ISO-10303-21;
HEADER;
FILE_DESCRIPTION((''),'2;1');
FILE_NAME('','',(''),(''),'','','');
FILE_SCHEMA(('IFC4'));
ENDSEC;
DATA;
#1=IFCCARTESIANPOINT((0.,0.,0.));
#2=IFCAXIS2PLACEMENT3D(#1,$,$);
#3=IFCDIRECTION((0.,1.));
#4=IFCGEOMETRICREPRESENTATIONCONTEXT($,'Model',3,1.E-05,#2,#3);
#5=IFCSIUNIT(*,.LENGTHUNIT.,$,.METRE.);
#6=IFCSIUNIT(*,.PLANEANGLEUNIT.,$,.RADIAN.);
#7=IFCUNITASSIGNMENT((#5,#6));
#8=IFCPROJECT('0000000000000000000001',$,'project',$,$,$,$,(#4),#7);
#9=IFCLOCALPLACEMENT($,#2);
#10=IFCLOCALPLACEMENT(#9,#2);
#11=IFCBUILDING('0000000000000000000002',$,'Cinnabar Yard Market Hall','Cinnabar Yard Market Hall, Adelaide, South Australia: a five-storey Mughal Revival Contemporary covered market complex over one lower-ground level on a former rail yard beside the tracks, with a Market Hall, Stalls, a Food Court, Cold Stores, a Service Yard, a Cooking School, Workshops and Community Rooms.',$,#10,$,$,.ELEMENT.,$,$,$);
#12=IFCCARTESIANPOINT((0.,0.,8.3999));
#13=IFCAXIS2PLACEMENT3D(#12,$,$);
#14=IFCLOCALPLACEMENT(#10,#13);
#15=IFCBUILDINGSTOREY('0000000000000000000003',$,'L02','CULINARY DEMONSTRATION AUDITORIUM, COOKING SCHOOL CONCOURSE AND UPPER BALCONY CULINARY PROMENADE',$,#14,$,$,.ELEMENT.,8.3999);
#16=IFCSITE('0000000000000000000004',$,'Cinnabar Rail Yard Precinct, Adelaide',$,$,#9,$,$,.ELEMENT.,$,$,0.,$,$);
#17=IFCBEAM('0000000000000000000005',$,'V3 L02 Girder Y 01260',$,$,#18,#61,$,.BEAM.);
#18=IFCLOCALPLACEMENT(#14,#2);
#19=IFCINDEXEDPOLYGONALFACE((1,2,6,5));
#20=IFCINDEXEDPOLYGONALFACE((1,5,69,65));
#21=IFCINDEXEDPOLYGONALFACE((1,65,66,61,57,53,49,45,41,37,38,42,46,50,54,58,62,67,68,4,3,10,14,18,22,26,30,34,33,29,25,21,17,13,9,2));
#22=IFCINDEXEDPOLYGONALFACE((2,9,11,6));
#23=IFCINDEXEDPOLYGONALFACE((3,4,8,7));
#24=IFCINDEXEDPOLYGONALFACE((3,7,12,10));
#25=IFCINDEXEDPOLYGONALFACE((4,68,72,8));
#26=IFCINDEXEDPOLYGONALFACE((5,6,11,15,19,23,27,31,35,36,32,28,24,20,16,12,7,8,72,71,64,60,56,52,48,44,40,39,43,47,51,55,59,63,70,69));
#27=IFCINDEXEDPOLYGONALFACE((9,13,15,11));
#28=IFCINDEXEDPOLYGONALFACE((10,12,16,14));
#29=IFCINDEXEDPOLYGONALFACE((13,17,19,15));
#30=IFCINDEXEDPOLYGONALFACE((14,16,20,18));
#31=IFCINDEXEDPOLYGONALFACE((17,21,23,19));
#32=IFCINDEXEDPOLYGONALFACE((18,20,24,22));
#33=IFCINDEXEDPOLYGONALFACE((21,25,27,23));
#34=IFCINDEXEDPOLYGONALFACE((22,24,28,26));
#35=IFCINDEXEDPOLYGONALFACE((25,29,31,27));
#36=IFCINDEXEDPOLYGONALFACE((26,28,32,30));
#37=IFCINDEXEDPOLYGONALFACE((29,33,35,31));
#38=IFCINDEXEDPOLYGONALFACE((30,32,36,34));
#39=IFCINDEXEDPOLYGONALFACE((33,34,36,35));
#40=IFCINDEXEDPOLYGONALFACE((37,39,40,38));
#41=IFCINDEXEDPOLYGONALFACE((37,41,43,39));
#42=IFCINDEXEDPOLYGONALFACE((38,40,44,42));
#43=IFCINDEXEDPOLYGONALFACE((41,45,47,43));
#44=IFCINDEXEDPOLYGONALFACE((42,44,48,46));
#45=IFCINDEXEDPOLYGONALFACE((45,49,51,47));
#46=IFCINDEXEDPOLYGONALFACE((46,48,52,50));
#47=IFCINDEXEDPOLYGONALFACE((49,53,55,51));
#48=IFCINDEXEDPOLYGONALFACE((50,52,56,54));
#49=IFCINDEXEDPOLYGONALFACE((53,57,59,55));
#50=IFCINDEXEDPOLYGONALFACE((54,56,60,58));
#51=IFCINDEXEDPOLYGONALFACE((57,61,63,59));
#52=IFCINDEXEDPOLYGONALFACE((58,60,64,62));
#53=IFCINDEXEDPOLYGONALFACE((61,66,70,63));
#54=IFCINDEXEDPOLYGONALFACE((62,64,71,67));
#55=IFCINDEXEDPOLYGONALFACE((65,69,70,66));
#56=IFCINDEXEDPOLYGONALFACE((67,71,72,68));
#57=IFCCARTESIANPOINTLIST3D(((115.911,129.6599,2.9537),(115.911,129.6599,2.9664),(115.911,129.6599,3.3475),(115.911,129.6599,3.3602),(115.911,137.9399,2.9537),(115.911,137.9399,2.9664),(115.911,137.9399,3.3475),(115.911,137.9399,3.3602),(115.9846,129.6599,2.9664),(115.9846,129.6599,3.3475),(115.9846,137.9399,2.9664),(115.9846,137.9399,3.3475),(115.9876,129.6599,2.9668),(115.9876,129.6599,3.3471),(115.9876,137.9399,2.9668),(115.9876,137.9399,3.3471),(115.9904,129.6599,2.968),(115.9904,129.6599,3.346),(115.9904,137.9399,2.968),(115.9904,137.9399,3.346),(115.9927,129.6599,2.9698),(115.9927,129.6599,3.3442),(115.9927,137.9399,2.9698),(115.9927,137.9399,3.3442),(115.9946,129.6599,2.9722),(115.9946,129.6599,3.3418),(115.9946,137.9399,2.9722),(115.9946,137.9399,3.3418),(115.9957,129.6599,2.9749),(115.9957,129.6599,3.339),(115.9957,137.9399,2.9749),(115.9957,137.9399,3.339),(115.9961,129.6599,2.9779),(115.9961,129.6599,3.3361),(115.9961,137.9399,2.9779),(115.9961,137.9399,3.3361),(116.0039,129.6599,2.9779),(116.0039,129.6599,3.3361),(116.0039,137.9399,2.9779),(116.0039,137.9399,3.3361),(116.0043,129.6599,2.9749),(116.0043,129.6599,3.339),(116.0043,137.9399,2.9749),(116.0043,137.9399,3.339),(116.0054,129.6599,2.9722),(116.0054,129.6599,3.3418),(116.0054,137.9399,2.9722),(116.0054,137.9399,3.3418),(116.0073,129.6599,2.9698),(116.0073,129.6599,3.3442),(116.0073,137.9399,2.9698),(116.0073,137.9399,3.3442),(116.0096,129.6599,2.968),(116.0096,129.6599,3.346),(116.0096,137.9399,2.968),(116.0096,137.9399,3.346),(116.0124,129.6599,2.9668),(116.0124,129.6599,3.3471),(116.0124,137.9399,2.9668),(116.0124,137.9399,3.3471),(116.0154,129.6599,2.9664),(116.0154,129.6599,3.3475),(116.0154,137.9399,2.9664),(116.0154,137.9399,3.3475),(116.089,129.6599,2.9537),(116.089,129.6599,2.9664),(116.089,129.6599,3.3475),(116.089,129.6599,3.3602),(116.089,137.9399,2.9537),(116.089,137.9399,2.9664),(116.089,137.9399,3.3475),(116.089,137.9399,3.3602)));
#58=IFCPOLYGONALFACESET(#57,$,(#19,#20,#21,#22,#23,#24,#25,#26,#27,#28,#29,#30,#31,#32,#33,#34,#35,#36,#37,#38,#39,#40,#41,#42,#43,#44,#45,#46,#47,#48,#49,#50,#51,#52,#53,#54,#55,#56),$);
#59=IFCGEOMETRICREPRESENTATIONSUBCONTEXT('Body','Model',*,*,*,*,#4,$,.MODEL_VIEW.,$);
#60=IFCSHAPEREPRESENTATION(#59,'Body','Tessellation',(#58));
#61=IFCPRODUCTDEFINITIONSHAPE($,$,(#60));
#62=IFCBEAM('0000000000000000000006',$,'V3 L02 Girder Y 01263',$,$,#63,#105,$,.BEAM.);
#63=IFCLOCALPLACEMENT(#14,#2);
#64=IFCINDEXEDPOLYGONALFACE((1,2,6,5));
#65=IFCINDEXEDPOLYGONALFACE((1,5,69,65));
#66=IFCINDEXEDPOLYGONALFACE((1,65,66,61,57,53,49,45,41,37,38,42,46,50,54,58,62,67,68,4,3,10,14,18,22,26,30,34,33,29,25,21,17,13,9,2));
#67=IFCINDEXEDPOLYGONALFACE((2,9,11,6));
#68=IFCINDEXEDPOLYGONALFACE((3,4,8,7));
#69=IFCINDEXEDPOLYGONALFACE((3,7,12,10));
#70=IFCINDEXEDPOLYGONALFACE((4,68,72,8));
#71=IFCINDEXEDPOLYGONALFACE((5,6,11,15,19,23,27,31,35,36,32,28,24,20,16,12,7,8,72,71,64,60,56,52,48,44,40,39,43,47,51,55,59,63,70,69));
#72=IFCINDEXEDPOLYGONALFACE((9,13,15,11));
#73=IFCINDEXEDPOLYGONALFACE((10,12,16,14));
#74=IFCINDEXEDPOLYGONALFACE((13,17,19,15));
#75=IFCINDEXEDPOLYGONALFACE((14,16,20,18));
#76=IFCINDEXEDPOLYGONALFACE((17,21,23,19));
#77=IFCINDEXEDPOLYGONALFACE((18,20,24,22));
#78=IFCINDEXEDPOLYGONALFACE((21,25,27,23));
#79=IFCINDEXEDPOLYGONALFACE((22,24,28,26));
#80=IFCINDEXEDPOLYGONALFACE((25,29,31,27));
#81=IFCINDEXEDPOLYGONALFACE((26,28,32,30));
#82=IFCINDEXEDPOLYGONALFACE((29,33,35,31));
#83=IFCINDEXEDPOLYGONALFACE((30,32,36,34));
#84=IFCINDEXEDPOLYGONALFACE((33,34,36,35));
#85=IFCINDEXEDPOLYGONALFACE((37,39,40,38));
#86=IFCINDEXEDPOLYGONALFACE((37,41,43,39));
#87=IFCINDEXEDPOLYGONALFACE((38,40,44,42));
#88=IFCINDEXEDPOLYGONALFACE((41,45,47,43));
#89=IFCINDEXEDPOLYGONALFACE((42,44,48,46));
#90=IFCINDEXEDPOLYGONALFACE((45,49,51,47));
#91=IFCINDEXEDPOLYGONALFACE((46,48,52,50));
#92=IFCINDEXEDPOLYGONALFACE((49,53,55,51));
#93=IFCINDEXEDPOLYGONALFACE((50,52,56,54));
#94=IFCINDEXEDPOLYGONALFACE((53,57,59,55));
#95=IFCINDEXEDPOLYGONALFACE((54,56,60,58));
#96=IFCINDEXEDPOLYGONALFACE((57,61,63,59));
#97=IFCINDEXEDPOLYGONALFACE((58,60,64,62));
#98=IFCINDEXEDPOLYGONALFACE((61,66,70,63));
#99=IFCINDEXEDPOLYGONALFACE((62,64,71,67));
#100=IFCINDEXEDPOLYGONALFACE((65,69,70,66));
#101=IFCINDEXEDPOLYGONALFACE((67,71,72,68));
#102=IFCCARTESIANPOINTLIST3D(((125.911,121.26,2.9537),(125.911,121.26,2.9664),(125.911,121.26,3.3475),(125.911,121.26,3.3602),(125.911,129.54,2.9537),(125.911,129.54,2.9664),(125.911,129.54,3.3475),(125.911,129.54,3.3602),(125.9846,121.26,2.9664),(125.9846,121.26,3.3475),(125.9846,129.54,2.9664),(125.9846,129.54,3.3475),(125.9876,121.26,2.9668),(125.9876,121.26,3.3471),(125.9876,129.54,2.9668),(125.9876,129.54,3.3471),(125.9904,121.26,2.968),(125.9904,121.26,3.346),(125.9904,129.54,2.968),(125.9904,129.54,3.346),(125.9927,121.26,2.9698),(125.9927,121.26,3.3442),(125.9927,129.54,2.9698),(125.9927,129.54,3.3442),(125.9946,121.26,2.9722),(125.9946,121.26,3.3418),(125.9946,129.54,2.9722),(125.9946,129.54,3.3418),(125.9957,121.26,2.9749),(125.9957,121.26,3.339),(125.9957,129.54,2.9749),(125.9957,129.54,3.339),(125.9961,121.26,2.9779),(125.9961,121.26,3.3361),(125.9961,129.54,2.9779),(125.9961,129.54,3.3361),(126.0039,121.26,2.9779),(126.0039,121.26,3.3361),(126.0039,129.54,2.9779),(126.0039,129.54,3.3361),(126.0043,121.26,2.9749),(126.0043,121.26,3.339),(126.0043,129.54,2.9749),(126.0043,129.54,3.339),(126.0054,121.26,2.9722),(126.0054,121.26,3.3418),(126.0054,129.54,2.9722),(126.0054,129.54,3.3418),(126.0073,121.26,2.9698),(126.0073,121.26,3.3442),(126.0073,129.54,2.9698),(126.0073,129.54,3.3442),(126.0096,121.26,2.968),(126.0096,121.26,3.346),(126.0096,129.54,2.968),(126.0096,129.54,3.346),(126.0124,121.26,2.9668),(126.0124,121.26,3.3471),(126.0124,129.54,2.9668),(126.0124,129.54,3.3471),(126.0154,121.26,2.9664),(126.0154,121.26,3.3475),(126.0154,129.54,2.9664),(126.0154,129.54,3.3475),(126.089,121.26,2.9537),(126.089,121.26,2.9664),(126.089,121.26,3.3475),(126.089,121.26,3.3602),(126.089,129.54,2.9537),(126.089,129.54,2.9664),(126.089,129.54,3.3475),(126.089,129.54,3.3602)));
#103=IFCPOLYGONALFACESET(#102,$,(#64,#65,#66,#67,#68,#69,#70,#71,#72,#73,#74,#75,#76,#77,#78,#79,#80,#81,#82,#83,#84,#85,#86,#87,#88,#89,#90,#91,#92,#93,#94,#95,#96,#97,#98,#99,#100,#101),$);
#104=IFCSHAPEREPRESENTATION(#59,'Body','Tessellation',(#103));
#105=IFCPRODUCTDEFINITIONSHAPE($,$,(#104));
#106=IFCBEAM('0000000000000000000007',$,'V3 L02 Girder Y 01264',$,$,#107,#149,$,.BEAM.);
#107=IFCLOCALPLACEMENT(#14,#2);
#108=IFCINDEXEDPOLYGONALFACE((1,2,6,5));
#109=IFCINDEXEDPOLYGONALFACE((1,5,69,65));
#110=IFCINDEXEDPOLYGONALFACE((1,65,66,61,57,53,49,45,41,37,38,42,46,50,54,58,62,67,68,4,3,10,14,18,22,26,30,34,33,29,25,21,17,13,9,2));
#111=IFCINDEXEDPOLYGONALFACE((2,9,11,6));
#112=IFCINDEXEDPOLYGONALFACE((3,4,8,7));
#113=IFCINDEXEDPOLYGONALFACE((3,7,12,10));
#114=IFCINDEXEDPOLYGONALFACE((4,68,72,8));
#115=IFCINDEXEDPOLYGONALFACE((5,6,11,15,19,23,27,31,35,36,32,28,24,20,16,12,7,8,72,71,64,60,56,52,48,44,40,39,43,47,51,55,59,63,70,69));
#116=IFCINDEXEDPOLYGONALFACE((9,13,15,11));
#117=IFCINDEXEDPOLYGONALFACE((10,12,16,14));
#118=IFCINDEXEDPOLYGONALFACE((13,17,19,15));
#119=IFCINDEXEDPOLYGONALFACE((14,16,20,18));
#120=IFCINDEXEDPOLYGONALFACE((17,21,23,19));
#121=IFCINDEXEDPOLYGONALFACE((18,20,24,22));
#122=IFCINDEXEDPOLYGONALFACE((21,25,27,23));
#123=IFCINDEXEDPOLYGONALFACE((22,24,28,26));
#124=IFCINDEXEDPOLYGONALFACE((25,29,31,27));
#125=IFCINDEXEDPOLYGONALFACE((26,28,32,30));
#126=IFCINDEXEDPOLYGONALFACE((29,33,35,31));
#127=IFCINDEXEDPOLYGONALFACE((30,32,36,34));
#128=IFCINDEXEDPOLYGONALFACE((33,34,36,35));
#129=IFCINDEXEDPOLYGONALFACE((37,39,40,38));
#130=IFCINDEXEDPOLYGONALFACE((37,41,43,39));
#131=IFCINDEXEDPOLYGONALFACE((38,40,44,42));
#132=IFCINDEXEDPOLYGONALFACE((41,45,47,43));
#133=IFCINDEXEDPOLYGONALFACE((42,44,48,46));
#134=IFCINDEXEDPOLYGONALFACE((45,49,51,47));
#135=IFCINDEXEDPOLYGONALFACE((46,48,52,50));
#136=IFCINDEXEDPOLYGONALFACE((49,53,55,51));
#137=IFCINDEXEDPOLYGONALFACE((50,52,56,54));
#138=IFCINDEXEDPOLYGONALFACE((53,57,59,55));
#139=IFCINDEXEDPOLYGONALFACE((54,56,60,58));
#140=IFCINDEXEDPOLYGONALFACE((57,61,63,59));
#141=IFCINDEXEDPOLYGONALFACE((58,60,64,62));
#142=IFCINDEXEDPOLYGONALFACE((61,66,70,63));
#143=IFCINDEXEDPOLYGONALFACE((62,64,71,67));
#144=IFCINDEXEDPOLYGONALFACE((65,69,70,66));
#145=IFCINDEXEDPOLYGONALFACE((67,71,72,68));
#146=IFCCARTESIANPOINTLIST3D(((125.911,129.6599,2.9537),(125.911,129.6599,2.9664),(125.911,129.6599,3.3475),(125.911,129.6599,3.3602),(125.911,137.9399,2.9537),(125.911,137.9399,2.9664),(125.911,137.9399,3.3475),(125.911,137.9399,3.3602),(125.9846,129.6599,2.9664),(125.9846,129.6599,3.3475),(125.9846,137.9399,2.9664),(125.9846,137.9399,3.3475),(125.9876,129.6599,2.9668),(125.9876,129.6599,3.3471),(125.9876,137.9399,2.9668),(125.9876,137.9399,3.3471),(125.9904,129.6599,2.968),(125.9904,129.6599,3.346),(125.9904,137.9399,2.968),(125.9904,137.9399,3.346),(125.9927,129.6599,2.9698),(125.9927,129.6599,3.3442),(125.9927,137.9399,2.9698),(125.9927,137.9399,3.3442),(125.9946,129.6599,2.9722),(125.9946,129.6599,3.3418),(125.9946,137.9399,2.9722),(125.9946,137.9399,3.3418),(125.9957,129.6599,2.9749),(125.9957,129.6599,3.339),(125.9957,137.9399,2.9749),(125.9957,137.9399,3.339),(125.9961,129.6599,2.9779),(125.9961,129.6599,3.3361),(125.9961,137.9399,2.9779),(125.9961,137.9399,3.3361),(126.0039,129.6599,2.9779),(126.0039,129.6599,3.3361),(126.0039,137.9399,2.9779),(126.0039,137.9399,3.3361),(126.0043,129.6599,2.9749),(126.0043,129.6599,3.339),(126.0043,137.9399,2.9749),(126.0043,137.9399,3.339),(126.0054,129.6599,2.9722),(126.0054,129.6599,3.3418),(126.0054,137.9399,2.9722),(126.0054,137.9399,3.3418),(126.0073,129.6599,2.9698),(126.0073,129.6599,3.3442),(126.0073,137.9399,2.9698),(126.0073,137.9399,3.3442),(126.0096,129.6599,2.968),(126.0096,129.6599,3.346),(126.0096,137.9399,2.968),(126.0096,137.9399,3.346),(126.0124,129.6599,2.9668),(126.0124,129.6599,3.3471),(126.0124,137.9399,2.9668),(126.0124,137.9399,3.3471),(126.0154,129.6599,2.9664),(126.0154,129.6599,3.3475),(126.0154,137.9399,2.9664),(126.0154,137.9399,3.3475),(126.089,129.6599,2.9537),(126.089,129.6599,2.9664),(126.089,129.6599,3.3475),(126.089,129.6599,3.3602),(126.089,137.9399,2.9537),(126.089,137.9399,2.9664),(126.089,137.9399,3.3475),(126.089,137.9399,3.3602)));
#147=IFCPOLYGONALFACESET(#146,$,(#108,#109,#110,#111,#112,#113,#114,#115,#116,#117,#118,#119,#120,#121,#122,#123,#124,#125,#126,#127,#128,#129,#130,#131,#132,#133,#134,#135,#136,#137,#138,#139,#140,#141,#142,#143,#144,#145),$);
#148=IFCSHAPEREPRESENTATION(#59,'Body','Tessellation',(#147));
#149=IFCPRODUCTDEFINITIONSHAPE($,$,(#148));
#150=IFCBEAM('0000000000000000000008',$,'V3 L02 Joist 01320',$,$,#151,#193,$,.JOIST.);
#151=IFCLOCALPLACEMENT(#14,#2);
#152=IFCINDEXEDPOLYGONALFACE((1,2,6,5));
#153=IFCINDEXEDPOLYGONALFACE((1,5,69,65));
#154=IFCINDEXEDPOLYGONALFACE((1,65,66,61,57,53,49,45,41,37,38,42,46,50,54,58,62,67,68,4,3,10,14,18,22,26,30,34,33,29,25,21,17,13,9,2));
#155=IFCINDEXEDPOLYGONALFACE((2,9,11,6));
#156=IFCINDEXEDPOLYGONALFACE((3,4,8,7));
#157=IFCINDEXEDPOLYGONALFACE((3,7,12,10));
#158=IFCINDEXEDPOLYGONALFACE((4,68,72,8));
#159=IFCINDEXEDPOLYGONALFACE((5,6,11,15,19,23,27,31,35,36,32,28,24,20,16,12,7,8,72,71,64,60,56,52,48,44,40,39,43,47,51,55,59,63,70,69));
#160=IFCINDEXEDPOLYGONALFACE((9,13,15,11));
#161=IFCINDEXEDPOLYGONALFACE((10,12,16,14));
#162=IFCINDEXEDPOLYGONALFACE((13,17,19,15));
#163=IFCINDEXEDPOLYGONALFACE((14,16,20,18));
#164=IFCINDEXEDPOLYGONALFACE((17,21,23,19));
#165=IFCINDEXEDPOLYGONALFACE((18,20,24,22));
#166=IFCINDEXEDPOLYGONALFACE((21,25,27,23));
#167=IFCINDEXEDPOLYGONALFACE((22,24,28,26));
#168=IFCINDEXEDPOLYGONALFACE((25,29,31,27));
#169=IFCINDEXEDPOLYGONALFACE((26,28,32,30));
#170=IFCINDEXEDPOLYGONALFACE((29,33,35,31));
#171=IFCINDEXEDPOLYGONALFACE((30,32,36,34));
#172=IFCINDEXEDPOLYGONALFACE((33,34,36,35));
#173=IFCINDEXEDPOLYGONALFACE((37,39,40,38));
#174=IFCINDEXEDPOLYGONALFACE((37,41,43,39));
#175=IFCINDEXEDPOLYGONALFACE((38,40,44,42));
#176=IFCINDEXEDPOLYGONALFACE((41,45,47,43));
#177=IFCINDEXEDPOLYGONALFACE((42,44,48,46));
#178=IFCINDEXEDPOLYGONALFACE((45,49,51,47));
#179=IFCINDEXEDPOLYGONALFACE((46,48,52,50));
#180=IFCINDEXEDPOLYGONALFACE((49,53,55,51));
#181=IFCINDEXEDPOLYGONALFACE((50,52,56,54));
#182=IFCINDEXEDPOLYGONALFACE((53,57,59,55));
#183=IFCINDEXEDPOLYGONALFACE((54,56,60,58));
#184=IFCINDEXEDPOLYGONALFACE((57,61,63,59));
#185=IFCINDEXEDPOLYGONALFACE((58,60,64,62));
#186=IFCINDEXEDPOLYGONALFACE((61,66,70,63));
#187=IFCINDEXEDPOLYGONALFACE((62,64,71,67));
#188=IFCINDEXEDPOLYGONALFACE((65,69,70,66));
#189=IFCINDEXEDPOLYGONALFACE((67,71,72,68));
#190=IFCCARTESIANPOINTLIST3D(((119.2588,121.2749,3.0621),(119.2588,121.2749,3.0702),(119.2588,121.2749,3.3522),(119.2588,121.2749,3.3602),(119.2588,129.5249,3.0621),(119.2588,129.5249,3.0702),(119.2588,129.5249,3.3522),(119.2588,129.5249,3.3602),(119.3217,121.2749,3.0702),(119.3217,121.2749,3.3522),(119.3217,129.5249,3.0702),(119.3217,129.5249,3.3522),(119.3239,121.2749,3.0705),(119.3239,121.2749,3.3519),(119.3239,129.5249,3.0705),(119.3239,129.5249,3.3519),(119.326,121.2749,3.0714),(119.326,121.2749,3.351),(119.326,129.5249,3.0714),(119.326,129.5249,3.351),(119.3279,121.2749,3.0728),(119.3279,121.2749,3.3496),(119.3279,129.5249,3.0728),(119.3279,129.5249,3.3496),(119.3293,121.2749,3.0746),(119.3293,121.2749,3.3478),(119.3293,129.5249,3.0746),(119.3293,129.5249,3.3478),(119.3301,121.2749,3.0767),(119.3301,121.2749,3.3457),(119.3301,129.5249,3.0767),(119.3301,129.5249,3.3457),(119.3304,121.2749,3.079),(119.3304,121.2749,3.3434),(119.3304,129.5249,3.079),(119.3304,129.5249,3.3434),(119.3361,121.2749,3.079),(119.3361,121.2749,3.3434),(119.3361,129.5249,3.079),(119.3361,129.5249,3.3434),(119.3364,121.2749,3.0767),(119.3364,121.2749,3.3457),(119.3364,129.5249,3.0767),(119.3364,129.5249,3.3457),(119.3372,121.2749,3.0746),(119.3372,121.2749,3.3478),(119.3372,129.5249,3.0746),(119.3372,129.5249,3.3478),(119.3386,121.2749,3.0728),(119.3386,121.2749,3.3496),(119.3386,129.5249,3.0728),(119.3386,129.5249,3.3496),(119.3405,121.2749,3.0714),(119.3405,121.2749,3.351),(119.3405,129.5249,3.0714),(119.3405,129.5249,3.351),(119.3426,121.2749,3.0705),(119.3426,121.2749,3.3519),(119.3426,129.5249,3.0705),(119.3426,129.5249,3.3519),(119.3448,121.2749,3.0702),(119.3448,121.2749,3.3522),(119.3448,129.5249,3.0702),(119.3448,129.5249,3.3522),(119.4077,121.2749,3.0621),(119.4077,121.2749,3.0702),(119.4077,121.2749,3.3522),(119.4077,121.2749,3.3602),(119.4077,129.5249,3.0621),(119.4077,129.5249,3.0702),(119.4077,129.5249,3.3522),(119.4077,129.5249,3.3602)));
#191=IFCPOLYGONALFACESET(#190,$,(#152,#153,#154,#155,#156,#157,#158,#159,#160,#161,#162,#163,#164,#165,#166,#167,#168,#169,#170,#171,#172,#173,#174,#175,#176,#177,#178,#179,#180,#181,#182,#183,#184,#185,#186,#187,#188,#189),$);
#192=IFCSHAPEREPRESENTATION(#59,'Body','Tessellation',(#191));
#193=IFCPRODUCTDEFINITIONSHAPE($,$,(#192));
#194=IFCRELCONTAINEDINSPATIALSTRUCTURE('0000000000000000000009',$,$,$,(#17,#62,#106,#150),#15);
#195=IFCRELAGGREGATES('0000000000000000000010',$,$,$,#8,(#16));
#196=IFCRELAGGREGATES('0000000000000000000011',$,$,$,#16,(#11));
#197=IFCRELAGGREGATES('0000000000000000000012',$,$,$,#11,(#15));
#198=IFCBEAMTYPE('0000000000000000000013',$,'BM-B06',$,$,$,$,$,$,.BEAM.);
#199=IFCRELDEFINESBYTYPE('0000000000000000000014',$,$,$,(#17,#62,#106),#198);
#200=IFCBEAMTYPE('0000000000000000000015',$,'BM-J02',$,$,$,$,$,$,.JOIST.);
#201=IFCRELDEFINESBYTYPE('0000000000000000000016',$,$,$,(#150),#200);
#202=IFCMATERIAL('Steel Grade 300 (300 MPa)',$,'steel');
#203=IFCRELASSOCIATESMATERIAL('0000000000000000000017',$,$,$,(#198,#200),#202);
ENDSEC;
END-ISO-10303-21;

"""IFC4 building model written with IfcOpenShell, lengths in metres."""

from ifc_helpers import new_model, si_unit, direction, frame, origin, origin_2d_with_axis, place, context, subcontext, project, spatial, i_section, extrude, material, material_profile, profile_set, type_object, element, save


model = new_model("IFC4")

# Units and contexts
model_context = context("Model", 3, precision=1e-05, world=origin(), true_north=direction((0.0, 1.0)))
body_context = subcontext(model_context, "Body", "Model", "MODEL_VIEW")
ifc_project = project(units=[si_unit("LENGTHUNIT", "METRE"), si_unit("PLANEANGLEUNIT", "RADIAN")], contexts=[model_context])

# Site, building, storey
site_placement = place(None, origin())
site = spatial("IfcSite", under=ifc_project, at=site_placement, Name="Cinnabar Rail Yard Precinct, Adelaide", CompositionType="ELEMENT", RefElevation=0.0)
building_placement = place(site_placement, origin())
building = spatial("IfcBuilding", under=site, at=building_placement, Name="Cinnabar Yard Market Hall", Description="Cinnabar Yard Market Hall, Adelaide, South Australia: a five-storey Mughal Revival Contemporary covered market complex over one lower-ground level on a former rail yard beside the tracks, with a Market Hall, Stalls, a Food Court, Cold Stores, a Service Yard, a Cooking School, Workshops and Community Rooms.", CompositionType="ELEMENT")
storey_placement = place(building_placement, frame((0.0, 0.0, 8.3999)))
storey = spatial("IfcBuildingStorey", under=building, at=storey_placement, Name="L02", Description="CULINARY DEMONSTRATION AUDITORIUM, COOKING SCHOOL CONCOURSE AND UPPER BALCONY CULINARY PROMENADE", CompositionType="ELEMENT", Elevation=8.3999)

# Beams
ifc_material_1 = material(Name="Steel Grade 300 (300 MPa)", Category="steel")
ifc_material_profile_1 = material_profile(ifc_material_1, i_section(OverallWidth=0.178, OverallDepth=0.4065, WebThickness=0.0078, FlangeThickness=0.0127, FilletRadius=0.0115, at=origin_2d_with_axis()), Name="410UB59.7")
ifc_profile_set_1 = profile_set([ifc_material_profile_1], Name="Steel Grade 300 (300 MPa)")
beam_type_1 = type_object("IfcBeamType", Name="BM-B06", PredefinedType="BEAM", material=ifc_profile_set_1)
for number, where, z_axis, x_axis, name in (
    (1, (116.0, 129.6599, 3.157), (0.0, 1.0, 0.0), (-1.0, 0.0, 0.0), "V3 L02 Girder Y 01260"),
    (2, (126.0, 121.26, 3.157), (0.0, 1.0, 0.0), (-1.0, 0.0, 0.0), "V3 L02 Girder Y 01263"),
    (3, (126.0, 129.6599, 3.157), (0.0, 1.0, 0.0), (-1.0, 0.0, 0.0), "V3 L02 Girder Y 01264"),
):
    element("IfcBeam", number, at=place(storey_placement, frame(where, z_axis=z_axis, x_axis=x_axis)), inside=storey, type_object=beam_type_1, Name=name, PredefinedType="BEAM", context=body_context, shape_type="SweptSolid", body=[
        extrude(i_section(OverallWidth=0.178, OverallDepth=0.4065, WebThickness=0.0078, FlangeThickness=0.0127, FilletRadius=0.0115, at=origin_2d_with_axis()), origin(), (0.0, 0.0, 1.0), 8.28),
    ])
ifc_material_profile_2 = material_profile(ifc_material_1, i_section(OverallWidth=0.1489, OverallDepth=0.2981, WebThickness=0.0056, FlangeThickness=0.0081, FilletRadius=0.0088, at=origin_2d_with_axis()), Name="310UB32.0")
ifc_profile_set_2 = profile_set([ifc_material_profile_2], Name="Steel Grade 300 (300 MPa)")
beam_type_2 = type_object("IfcBeamType", Name="BM-J02", PredefinedType="JOIST", material=ifc_profile_set_2)
for number, where, z_axis, x_axis, name in (
    (4, (119.3333, 121.2749, 3.2112), (0.0, 1.0, 0.0), (-1.0, 0.0, 0.0), "V3 L02 Joist 01320"),
):
    element("IfcBeam", number, at=place(storey_placement, frame(where, z_axis=z_axis, x_axis=x_axis)), inside=storey, type_object=beam_type_2, Name=name, PredefinedType="JOIST", context=body_context, shape_type="SweptSolid", body=[
        extrude(i_section(OverallWidth=0.1489, OverallDepth=0.2981, WebThickness=0.0056, FlangeThickness=0.0081, FilletRadius=0.0088, at=origin_2d_with_axis()), origin(), (0.0, 0.0, 1.0), 8.25),
    ])

save(model, "model.ifc")
